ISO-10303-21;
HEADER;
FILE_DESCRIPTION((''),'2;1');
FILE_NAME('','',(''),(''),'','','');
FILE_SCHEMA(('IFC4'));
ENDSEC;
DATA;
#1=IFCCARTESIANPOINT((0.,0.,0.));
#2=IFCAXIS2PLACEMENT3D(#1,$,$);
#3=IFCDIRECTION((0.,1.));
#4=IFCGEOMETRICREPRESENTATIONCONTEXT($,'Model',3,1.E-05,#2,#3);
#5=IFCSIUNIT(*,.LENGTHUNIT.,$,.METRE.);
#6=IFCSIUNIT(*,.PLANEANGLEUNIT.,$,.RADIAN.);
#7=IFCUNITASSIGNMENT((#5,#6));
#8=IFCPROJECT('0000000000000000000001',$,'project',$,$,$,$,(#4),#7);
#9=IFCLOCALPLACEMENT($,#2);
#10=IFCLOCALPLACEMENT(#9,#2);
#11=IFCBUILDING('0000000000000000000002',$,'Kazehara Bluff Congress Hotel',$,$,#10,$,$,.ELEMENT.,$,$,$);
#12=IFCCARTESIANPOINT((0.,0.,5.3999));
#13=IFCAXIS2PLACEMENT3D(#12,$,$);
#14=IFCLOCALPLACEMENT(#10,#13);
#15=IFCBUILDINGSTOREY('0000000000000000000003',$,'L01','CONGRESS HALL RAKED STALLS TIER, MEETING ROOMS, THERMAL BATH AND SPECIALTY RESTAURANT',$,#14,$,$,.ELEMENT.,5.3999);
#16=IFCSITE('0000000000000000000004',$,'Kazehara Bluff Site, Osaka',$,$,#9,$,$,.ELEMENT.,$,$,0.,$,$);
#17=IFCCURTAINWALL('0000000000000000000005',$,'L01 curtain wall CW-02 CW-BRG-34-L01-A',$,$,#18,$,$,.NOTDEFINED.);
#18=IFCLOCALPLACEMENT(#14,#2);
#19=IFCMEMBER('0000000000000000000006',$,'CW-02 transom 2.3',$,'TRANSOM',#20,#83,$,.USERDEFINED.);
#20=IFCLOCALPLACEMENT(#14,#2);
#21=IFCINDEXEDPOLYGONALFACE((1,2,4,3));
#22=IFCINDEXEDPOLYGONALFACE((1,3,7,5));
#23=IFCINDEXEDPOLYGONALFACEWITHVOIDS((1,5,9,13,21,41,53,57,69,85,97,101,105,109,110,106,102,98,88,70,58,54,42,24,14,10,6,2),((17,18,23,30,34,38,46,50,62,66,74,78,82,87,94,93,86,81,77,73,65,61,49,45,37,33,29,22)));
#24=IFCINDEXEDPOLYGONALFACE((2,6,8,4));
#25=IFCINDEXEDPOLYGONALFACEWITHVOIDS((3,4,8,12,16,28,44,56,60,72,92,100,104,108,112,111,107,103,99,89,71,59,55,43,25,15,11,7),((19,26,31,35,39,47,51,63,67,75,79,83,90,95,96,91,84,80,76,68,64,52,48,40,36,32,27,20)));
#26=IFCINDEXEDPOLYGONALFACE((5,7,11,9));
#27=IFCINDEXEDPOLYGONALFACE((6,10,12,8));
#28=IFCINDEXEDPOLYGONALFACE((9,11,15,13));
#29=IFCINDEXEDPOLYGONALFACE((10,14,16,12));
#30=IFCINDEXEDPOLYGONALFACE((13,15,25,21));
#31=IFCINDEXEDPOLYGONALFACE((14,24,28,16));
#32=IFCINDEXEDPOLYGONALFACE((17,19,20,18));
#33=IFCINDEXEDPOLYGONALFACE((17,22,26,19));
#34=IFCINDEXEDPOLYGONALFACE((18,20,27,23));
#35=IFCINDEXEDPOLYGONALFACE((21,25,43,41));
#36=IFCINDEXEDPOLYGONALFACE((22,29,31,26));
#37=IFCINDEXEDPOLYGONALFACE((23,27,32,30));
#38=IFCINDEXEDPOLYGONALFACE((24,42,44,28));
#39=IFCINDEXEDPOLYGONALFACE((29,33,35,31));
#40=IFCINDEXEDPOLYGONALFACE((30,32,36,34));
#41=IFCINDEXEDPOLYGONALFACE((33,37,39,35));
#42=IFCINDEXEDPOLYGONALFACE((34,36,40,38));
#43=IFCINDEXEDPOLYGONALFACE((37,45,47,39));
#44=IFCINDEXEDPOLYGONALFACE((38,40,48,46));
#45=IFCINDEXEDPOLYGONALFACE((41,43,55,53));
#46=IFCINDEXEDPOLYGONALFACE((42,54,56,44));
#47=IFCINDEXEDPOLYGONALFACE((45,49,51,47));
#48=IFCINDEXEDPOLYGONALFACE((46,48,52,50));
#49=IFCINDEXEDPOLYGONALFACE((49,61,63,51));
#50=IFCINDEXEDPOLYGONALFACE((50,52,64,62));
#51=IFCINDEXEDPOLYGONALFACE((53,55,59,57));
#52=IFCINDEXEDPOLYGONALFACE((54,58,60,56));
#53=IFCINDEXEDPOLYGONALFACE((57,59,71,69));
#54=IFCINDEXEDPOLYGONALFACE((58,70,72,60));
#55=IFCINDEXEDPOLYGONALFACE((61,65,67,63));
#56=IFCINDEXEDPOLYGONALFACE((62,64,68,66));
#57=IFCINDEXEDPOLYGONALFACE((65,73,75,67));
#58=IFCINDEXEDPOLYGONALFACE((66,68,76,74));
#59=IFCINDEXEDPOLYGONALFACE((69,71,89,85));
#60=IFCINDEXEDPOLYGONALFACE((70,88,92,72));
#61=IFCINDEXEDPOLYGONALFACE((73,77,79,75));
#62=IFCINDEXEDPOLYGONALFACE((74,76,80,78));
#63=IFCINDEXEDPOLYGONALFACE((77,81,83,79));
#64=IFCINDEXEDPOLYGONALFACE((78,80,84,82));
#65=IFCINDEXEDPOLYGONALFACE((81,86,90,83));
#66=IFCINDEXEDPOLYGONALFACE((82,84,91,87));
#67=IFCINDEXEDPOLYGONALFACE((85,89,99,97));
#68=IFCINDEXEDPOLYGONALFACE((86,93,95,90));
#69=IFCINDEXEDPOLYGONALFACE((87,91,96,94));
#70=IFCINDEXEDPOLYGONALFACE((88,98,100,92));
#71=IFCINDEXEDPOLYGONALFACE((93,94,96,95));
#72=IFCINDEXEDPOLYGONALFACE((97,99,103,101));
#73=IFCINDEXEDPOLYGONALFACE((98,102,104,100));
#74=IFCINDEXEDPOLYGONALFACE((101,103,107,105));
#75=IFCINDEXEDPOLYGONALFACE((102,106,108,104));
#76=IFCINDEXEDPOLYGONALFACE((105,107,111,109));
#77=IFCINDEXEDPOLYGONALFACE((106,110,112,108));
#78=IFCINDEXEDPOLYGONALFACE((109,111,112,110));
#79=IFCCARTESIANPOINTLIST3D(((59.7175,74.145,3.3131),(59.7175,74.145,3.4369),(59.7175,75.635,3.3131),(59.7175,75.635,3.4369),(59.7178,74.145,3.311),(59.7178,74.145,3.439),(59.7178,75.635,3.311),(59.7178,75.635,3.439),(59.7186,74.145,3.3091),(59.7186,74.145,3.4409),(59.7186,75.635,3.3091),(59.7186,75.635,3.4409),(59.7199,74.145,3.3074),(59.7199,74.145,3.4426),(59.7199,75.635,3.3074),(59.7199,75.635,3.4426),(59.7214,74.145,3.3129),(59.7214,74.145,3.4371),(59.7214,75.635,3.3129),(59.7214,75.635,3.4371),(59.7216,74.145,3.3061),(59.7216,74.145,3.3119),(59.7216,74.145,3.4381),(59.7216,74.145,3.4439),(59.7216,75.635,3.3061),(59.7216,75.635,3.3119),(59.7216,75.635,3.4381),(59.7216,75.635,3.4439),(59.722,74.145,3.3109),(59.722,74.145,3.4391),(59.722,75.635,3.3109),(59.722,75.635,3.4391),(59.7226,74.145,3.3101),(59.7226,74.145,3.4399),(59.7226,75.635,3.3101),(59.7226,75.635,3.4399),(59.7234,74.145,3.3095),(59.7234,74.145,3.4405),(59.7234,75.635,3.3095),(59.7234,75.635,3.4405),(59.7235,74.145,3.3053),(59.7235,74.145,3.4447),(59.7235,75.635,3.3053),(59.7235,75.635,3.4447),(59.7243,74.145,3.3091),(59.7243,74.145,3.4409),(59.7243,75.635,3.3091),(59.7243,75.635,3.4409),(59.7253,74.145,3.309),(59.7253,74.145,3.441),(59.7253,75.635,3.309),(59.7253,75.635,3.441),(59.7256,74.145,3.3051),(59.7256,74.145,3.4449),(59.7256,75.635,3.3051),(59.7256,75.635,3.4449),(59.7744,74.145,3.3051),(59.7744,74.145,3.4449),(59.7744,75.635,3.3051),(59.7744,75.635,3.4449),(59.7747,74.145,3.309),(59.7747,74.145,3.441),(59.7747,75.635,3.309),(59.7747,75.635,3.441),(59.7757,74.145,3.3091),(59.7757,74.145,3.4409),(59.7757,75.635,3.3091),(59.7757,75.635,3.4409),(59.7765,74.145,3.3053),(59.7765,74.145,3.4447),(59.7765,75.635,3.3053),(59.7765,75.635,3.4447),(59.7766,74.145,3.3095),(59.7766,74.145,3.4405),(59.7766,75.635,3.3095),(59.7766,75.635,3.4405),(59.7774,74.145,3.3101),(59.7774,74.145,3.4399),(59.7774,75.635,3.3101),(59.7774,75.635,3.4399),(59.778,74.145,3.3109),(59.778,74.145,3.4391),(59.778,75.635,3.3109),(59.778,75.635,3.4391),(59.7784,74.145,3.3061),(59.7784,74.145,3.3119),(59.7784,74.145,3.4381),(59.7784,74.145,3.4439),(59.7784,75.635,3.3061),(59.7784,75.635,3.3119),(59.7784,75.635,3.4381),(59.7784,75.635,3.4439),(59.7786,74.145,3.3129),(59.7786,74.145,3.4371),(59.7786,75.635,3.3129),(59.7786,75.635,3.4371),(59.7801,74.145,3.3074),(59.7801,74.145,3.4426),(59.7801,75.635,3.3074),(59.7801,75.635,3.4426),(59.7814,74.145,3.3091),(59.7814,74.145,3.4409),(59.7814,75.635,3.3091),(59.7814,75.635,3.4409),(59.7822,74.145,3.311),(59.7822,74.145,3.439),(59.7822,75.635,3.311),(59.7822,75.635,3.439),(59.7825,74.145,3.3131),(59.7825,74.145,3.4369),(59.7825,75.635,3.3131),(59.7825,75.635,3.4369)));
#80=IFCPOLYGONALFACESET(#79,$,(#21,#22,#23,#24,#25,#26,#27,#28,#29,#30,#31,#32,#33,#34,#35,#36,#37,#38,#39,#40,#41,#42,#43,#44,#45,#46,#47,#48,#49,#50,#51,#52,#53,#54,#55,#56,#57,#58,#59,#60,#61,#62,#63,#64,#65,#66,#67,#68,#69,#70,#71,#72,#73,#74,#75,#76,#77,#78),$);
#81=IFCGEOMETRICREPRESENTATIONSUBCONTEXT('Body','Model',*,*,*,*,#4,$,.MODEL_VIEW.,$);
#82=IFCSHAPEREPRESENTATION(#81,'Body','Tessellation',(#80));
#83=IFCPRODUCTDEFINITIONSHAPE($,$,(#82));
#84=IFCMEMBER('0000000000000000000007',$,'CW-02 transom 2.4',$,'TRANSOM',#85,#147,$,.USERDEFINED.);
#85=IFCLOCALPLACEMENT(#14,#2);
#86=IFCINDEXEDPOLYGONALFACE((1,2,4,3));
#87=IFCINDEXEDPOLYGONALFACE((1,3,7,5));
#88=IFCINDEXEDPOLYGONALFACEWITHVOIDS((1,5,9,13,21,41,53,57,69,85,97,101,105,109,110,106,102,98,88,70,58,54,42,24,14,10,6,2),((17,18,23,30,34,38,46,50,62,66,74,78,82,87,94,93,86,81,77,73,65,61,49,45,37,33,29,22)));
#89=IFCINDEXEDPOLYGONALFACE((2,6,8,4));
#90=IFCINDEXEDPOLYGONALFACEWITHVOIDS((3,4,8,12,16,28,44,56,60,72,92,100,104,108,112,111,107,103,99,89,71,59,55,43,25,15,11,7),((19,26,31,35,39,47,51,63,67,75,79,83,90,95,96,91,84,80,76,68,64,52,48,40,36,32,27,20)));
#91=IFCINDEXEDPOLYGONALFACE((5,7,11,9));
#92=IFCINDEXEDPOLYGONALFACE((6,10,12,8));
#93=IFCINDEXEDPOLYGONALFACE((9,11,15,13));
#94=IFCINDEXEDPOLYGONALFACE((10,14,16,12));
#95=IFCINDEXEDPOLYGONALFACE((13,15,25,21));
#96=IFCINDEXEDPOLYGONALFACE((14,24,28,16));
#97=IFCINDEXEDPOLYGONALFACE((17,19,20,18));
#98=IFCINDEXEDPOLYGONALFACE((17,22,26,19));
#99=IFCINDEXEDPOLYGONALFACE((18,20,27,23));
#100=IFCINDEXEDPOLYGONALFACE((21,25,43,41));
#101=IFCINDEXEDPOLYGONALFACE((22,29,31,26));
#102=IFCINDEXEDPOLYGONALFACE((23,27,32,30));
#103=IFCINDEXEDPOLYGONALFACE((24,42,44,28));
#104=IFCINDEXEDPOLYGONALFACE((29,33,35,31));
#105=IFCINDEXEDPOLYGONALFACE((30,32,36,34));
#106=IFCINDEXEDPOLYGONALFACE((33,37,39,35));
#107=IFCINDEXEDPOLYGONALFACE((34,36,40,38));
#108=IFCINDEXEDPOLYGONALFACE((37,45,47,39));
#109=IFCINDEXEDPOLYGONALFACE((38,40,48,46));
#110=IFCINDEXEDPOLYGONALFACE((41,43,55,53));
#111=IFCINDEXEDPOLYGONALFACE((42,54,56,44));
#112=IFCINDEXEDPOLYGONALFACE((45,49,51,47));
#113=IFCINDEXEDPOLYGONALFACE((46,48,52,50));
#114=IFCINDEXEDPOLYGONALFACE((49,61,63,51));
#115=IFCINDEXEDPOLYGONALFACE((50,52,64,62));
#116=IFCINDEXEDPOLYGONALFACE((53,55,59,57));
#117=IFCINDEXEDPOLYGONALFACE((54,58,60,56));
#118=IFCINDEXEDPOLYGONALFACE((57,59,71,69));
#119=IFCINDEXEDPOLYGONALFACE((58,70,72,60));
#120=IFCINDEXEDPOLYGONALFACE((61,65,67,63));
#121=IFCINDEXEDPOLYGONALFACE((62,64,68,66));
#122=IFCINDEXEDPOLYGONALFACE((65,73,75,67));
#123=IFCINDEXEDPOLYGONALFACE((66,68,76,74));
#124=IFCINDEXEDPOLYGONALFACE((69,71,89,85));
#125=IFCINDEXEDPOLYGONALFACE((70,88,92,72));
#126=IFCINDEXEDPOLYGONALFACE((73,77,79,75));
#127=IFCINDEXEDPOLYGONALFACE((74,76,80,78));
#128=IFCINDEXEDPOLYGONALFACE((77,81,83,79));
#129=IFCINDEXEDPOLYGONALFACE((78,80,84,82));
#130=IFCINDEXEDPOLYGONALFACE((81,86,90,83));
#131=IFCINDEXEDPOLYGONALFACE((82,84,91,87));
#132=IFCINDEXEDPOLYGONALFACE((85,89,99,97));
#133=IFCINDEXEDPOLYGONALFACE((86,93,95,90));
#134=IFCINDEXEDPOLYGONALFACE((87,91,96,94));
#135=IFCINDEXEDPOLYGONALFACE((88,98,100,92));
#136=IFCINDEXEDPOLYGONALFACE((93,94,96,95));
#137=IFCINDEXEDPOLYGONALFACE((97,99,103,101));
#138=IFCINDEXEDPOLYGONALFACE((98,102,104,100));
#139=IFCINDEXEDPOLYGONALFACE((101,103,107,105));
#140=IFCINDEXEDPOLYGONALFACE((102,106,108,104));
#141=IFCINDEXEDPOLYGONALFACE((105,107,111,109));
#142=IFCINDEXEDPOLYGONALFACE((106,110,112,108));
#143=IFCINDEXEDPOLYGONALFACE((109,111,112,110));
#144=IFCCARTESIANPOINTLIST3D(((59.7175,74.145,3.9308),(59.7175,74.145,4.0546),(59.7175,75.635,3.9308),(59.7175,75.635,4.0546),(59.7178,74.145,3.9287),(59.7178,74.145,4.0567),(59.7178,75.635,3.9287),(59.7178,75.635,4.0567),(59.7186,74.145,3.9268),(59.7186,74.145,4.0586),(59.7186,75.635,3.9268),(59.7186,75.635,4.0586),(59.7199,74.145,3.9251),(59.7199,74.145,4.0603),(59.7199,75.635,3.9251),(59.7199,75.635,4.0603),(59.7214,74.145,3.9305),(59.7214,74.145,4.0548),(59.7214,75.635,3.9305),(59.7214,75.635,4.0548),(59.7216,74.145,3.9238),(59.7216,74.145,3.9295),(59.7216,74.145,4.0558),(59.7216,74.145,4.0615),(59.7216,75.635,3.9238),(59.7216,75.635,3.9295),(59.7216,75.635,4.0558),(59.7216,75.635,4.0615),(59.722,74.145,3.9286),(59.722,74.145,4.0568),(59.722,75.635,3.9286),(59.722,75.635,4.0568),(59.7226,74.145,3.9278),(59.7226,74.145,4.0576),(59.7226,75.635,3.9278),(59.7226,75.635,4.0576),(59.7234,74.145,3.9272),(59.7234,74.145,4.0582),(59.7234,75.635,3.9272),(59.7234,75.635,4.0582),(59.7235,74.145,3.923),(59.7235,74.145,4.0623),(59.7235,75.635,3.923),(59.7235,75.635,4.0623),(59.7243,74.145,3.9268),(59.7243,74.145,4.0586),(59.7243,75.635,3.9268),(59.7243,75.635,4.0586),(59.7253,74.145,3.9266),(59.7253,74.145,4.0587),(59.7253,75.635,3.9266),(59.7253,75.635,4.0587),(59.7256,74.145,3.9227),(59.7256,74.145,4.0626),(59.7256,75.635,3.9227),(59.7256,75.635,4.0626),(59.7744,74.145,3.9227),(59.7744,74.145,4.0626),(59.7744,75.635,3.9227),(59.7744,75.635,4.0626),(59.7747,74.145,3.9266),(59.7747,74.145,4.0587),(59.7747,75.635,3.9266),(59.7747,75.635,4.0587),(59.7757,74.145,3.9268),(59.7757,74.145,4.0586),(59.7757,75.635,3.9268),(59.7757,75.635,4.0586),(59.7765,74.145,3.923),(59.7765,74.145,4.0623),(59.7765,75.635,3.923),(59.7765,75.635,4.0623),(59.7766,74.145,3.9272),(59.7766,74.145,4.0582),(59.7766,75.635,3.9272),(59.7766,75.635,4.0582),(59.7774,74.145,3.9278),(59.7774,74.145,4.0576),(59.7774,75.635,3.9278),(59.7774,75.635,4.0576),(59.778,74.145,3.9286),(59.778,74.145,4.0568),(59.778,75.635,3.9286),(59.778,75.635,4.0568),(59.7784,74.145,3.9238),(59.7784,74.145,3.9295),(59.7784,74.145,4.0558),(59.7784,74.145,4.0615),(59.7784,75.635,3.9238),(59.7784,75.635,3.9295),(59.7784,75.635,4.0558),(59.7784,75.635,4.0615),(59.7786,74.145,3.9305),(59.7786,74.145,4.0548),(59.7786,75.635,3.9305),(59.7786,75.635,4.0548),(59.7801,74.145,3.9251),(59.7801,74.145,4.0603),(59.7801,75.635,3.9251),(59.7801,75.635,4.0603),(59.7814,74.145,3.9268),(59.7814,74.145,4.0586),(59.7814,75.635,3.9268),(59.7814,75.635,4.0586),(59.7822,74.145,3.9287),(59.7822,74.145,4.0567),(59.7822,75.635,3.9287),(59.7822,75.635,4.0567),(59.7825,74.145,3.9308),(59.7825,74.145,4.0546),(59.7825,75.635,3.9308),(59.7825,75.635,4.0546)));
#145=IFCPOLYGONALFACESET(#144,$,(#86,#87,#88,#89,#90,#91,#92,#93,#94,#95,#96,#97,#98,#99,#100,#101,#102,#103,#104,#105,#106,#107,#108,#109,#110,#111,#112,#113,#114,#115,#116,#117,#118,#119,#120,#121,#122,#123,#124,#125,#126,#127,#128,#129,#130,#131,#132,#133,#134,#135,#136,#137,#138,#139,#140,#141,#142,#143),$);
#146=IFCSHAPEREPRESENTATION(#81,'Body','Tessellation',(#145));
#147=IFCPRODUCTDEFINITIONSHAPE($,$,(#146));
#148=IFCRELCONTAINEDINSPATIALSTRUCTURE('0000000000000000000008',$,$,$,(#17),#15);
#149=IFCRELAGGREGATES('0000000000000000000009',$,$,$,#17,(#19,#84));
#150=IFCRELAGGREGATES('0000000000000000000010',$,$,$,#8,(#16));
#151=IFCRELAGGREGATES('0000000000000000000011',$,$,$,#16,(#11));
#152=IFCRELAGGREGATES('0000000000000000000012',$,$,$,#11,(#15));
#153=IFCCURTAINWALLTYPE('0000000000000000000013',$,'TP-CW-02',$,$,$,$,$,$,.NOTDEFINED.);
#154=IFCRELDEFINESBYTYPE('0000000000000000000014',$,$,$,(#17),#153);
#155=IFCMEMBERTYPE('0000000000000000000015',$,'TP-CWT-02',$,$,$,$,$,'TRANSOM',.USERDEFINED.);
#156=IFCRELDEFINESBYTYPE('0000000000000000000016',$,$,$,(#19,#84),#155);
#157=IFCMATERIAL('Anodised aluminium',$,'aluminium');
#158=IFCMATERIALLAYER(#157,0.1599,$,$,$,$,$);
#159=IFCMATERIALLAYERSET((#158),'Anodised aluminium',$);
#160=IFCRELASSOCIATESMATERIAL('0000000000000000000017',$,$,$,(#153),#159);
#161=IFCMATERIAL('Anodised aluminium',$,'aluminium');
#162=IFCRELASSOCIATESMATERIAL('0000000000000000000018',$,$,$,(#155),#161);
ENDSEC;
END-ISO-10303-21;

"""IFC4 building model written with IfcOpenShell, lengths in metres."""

from ifc_helpers import new_model, si_unit, direction, frame, origin, origin_2d, place, context, subcontext, project, spatial, hollow_rectangle, extrude, material, layer, layer_set, material_profile, profile_set, type_object, element, aggregate, save


model = new_model("IFC4")

# Units and contexts
model_context = context("Model", 3, precision=1e-05, world=origin(), true_north=direction((0.0, 1.0)))
body_context = subcontext(model_context, "Body", "Model", "MODEL_VIEW")
ifc_project = project(units=[si_unit("LENGTHUNIT", "METRE"), si_unit("PLANEANGLEUNIT", "RADIAN")], contexts=[model_context])

# Site, building, storey
site_placement = place(None, origin())
site = spatial("IfcSite", under=ifc_project, at=site_placement, Name="Kazehara Bluff Site, Osaka", CompositionType="ELEMENT", RefElevation=0.0)
building_placement = place(site_placement, origin())
building = spatial("IfcBuilding", under=site, at=building_placement, Name="Kazehara Bluff Congress Hotel", CompositionType="ELEMENT")
storey_placement = place(building_placement, frame((0.0, 0.0, 5.3999)))
storey = spatial("IfcBuildingStorey", under=building, at=storey_placement, Name="L01", Description="CONGRESS HALL RAKED STALLS TIER, MEETING ROOMS, THERMAL BATH AND SPECIALTY RESTAURANT", CompositionType="ELEMENT", Elevation=5.3999)

# Curtain wall, members
ifc_material_1 = material(Name="Anodised aluminium", Category="aluminium")
ifc_layer_1 = layer(ifc_material_1, 0.1599)
ifc_layer_set_1 = layer_set([ifc_layer_1], Name="Anodised aluminium")
curtain_wall_type = type_object("IfcCurtainWallType", Name="TP-CW-02", PredefinedType="NOTDEFINED", material=ifc_layer_set_1)
curtain_wall_placement = place(storey_placement, origin())
curtain_wall = element("IfcCurtainWall", 1, at=curtain_wall_placement, inside=storey, type_object=curtain_wall_type, Name="L01 curtain wall CW-02 CW-BRG-34-L01-A", PredefinedType="NOTDEFINED")
ifc_material_2 = material(Name="Anodised aluminium", Category="aluminium")
ifc_material_profile_1 = material_profile(ifc_material_2, hollow_rectangle(XDim=0.0649, YDim=0.1399, WallThickness=0.0039, InnerFilletRadius=0.0039, OuterFilletRadius=0.0081, at=origin_2d()))
ifc_profile_set_1 = profile_set([ifc_material_profile_1], Name="Anodised aluminium")
member_type_1 = type_object("IfcMemberType", Name="TP-CWT-02", ElementType="TRANSOM", PredefinedType="USERDEFINED", material=ifc_profile_set_1)
member_1_placement = place(storey_placement, frame((59.75, 74.145, 3.375), z_axis=(0.0, 1.0, 0.0), x_axis=(-1.0, 0.0, 0.0)))
member_1 = element("IfcMember", 2, at=member_1_placement, type_object=member_type_1, Name="CW-02 transom 2.3", ObjectType="TRANSOM", PredefinedType="USERDEFINED", context=body_context, shape_type="SweptSolid", body=[
    extrude(hollow_rectangle(XDim=0.0649, YDim=0.1399, WallThickness=0.0039, InnerFilletRadius=0.0039, OuterFilletRadius=0.0081, at=origin_2d()), origin(), (0.0, 0.0, 1.0), 1.49),
])
member_2_placement = place(storey_placement, frame((59.75, 74.145, 3.9927), z_axis=(0.0, 1.0, 0.0), x_axis=(-1.0, 0.0, 0.0)))
member_2 = element("IfcMember", 3, at=member_2_placement, type_object=member_type_1, Name="CW-02 transom 2.4", ObjectType="TRANSOM", PredefinedType="USERDEFINED", context=body_context, shape_type="SweptSolid", body=[
    extrude(hollow_rectangle(XDim=0.0649, YDim=0.1399, WallThickness=0.0039, InnerFilletRadius=0.0039, OuterFilletRadius=0.0081, at=origin_2d()), origin(), (0.0, 0.0, 1.0), 1.49),
])

aggregate(curtain_wall, [member_1, member_2])

save(model, "model.ifc")
